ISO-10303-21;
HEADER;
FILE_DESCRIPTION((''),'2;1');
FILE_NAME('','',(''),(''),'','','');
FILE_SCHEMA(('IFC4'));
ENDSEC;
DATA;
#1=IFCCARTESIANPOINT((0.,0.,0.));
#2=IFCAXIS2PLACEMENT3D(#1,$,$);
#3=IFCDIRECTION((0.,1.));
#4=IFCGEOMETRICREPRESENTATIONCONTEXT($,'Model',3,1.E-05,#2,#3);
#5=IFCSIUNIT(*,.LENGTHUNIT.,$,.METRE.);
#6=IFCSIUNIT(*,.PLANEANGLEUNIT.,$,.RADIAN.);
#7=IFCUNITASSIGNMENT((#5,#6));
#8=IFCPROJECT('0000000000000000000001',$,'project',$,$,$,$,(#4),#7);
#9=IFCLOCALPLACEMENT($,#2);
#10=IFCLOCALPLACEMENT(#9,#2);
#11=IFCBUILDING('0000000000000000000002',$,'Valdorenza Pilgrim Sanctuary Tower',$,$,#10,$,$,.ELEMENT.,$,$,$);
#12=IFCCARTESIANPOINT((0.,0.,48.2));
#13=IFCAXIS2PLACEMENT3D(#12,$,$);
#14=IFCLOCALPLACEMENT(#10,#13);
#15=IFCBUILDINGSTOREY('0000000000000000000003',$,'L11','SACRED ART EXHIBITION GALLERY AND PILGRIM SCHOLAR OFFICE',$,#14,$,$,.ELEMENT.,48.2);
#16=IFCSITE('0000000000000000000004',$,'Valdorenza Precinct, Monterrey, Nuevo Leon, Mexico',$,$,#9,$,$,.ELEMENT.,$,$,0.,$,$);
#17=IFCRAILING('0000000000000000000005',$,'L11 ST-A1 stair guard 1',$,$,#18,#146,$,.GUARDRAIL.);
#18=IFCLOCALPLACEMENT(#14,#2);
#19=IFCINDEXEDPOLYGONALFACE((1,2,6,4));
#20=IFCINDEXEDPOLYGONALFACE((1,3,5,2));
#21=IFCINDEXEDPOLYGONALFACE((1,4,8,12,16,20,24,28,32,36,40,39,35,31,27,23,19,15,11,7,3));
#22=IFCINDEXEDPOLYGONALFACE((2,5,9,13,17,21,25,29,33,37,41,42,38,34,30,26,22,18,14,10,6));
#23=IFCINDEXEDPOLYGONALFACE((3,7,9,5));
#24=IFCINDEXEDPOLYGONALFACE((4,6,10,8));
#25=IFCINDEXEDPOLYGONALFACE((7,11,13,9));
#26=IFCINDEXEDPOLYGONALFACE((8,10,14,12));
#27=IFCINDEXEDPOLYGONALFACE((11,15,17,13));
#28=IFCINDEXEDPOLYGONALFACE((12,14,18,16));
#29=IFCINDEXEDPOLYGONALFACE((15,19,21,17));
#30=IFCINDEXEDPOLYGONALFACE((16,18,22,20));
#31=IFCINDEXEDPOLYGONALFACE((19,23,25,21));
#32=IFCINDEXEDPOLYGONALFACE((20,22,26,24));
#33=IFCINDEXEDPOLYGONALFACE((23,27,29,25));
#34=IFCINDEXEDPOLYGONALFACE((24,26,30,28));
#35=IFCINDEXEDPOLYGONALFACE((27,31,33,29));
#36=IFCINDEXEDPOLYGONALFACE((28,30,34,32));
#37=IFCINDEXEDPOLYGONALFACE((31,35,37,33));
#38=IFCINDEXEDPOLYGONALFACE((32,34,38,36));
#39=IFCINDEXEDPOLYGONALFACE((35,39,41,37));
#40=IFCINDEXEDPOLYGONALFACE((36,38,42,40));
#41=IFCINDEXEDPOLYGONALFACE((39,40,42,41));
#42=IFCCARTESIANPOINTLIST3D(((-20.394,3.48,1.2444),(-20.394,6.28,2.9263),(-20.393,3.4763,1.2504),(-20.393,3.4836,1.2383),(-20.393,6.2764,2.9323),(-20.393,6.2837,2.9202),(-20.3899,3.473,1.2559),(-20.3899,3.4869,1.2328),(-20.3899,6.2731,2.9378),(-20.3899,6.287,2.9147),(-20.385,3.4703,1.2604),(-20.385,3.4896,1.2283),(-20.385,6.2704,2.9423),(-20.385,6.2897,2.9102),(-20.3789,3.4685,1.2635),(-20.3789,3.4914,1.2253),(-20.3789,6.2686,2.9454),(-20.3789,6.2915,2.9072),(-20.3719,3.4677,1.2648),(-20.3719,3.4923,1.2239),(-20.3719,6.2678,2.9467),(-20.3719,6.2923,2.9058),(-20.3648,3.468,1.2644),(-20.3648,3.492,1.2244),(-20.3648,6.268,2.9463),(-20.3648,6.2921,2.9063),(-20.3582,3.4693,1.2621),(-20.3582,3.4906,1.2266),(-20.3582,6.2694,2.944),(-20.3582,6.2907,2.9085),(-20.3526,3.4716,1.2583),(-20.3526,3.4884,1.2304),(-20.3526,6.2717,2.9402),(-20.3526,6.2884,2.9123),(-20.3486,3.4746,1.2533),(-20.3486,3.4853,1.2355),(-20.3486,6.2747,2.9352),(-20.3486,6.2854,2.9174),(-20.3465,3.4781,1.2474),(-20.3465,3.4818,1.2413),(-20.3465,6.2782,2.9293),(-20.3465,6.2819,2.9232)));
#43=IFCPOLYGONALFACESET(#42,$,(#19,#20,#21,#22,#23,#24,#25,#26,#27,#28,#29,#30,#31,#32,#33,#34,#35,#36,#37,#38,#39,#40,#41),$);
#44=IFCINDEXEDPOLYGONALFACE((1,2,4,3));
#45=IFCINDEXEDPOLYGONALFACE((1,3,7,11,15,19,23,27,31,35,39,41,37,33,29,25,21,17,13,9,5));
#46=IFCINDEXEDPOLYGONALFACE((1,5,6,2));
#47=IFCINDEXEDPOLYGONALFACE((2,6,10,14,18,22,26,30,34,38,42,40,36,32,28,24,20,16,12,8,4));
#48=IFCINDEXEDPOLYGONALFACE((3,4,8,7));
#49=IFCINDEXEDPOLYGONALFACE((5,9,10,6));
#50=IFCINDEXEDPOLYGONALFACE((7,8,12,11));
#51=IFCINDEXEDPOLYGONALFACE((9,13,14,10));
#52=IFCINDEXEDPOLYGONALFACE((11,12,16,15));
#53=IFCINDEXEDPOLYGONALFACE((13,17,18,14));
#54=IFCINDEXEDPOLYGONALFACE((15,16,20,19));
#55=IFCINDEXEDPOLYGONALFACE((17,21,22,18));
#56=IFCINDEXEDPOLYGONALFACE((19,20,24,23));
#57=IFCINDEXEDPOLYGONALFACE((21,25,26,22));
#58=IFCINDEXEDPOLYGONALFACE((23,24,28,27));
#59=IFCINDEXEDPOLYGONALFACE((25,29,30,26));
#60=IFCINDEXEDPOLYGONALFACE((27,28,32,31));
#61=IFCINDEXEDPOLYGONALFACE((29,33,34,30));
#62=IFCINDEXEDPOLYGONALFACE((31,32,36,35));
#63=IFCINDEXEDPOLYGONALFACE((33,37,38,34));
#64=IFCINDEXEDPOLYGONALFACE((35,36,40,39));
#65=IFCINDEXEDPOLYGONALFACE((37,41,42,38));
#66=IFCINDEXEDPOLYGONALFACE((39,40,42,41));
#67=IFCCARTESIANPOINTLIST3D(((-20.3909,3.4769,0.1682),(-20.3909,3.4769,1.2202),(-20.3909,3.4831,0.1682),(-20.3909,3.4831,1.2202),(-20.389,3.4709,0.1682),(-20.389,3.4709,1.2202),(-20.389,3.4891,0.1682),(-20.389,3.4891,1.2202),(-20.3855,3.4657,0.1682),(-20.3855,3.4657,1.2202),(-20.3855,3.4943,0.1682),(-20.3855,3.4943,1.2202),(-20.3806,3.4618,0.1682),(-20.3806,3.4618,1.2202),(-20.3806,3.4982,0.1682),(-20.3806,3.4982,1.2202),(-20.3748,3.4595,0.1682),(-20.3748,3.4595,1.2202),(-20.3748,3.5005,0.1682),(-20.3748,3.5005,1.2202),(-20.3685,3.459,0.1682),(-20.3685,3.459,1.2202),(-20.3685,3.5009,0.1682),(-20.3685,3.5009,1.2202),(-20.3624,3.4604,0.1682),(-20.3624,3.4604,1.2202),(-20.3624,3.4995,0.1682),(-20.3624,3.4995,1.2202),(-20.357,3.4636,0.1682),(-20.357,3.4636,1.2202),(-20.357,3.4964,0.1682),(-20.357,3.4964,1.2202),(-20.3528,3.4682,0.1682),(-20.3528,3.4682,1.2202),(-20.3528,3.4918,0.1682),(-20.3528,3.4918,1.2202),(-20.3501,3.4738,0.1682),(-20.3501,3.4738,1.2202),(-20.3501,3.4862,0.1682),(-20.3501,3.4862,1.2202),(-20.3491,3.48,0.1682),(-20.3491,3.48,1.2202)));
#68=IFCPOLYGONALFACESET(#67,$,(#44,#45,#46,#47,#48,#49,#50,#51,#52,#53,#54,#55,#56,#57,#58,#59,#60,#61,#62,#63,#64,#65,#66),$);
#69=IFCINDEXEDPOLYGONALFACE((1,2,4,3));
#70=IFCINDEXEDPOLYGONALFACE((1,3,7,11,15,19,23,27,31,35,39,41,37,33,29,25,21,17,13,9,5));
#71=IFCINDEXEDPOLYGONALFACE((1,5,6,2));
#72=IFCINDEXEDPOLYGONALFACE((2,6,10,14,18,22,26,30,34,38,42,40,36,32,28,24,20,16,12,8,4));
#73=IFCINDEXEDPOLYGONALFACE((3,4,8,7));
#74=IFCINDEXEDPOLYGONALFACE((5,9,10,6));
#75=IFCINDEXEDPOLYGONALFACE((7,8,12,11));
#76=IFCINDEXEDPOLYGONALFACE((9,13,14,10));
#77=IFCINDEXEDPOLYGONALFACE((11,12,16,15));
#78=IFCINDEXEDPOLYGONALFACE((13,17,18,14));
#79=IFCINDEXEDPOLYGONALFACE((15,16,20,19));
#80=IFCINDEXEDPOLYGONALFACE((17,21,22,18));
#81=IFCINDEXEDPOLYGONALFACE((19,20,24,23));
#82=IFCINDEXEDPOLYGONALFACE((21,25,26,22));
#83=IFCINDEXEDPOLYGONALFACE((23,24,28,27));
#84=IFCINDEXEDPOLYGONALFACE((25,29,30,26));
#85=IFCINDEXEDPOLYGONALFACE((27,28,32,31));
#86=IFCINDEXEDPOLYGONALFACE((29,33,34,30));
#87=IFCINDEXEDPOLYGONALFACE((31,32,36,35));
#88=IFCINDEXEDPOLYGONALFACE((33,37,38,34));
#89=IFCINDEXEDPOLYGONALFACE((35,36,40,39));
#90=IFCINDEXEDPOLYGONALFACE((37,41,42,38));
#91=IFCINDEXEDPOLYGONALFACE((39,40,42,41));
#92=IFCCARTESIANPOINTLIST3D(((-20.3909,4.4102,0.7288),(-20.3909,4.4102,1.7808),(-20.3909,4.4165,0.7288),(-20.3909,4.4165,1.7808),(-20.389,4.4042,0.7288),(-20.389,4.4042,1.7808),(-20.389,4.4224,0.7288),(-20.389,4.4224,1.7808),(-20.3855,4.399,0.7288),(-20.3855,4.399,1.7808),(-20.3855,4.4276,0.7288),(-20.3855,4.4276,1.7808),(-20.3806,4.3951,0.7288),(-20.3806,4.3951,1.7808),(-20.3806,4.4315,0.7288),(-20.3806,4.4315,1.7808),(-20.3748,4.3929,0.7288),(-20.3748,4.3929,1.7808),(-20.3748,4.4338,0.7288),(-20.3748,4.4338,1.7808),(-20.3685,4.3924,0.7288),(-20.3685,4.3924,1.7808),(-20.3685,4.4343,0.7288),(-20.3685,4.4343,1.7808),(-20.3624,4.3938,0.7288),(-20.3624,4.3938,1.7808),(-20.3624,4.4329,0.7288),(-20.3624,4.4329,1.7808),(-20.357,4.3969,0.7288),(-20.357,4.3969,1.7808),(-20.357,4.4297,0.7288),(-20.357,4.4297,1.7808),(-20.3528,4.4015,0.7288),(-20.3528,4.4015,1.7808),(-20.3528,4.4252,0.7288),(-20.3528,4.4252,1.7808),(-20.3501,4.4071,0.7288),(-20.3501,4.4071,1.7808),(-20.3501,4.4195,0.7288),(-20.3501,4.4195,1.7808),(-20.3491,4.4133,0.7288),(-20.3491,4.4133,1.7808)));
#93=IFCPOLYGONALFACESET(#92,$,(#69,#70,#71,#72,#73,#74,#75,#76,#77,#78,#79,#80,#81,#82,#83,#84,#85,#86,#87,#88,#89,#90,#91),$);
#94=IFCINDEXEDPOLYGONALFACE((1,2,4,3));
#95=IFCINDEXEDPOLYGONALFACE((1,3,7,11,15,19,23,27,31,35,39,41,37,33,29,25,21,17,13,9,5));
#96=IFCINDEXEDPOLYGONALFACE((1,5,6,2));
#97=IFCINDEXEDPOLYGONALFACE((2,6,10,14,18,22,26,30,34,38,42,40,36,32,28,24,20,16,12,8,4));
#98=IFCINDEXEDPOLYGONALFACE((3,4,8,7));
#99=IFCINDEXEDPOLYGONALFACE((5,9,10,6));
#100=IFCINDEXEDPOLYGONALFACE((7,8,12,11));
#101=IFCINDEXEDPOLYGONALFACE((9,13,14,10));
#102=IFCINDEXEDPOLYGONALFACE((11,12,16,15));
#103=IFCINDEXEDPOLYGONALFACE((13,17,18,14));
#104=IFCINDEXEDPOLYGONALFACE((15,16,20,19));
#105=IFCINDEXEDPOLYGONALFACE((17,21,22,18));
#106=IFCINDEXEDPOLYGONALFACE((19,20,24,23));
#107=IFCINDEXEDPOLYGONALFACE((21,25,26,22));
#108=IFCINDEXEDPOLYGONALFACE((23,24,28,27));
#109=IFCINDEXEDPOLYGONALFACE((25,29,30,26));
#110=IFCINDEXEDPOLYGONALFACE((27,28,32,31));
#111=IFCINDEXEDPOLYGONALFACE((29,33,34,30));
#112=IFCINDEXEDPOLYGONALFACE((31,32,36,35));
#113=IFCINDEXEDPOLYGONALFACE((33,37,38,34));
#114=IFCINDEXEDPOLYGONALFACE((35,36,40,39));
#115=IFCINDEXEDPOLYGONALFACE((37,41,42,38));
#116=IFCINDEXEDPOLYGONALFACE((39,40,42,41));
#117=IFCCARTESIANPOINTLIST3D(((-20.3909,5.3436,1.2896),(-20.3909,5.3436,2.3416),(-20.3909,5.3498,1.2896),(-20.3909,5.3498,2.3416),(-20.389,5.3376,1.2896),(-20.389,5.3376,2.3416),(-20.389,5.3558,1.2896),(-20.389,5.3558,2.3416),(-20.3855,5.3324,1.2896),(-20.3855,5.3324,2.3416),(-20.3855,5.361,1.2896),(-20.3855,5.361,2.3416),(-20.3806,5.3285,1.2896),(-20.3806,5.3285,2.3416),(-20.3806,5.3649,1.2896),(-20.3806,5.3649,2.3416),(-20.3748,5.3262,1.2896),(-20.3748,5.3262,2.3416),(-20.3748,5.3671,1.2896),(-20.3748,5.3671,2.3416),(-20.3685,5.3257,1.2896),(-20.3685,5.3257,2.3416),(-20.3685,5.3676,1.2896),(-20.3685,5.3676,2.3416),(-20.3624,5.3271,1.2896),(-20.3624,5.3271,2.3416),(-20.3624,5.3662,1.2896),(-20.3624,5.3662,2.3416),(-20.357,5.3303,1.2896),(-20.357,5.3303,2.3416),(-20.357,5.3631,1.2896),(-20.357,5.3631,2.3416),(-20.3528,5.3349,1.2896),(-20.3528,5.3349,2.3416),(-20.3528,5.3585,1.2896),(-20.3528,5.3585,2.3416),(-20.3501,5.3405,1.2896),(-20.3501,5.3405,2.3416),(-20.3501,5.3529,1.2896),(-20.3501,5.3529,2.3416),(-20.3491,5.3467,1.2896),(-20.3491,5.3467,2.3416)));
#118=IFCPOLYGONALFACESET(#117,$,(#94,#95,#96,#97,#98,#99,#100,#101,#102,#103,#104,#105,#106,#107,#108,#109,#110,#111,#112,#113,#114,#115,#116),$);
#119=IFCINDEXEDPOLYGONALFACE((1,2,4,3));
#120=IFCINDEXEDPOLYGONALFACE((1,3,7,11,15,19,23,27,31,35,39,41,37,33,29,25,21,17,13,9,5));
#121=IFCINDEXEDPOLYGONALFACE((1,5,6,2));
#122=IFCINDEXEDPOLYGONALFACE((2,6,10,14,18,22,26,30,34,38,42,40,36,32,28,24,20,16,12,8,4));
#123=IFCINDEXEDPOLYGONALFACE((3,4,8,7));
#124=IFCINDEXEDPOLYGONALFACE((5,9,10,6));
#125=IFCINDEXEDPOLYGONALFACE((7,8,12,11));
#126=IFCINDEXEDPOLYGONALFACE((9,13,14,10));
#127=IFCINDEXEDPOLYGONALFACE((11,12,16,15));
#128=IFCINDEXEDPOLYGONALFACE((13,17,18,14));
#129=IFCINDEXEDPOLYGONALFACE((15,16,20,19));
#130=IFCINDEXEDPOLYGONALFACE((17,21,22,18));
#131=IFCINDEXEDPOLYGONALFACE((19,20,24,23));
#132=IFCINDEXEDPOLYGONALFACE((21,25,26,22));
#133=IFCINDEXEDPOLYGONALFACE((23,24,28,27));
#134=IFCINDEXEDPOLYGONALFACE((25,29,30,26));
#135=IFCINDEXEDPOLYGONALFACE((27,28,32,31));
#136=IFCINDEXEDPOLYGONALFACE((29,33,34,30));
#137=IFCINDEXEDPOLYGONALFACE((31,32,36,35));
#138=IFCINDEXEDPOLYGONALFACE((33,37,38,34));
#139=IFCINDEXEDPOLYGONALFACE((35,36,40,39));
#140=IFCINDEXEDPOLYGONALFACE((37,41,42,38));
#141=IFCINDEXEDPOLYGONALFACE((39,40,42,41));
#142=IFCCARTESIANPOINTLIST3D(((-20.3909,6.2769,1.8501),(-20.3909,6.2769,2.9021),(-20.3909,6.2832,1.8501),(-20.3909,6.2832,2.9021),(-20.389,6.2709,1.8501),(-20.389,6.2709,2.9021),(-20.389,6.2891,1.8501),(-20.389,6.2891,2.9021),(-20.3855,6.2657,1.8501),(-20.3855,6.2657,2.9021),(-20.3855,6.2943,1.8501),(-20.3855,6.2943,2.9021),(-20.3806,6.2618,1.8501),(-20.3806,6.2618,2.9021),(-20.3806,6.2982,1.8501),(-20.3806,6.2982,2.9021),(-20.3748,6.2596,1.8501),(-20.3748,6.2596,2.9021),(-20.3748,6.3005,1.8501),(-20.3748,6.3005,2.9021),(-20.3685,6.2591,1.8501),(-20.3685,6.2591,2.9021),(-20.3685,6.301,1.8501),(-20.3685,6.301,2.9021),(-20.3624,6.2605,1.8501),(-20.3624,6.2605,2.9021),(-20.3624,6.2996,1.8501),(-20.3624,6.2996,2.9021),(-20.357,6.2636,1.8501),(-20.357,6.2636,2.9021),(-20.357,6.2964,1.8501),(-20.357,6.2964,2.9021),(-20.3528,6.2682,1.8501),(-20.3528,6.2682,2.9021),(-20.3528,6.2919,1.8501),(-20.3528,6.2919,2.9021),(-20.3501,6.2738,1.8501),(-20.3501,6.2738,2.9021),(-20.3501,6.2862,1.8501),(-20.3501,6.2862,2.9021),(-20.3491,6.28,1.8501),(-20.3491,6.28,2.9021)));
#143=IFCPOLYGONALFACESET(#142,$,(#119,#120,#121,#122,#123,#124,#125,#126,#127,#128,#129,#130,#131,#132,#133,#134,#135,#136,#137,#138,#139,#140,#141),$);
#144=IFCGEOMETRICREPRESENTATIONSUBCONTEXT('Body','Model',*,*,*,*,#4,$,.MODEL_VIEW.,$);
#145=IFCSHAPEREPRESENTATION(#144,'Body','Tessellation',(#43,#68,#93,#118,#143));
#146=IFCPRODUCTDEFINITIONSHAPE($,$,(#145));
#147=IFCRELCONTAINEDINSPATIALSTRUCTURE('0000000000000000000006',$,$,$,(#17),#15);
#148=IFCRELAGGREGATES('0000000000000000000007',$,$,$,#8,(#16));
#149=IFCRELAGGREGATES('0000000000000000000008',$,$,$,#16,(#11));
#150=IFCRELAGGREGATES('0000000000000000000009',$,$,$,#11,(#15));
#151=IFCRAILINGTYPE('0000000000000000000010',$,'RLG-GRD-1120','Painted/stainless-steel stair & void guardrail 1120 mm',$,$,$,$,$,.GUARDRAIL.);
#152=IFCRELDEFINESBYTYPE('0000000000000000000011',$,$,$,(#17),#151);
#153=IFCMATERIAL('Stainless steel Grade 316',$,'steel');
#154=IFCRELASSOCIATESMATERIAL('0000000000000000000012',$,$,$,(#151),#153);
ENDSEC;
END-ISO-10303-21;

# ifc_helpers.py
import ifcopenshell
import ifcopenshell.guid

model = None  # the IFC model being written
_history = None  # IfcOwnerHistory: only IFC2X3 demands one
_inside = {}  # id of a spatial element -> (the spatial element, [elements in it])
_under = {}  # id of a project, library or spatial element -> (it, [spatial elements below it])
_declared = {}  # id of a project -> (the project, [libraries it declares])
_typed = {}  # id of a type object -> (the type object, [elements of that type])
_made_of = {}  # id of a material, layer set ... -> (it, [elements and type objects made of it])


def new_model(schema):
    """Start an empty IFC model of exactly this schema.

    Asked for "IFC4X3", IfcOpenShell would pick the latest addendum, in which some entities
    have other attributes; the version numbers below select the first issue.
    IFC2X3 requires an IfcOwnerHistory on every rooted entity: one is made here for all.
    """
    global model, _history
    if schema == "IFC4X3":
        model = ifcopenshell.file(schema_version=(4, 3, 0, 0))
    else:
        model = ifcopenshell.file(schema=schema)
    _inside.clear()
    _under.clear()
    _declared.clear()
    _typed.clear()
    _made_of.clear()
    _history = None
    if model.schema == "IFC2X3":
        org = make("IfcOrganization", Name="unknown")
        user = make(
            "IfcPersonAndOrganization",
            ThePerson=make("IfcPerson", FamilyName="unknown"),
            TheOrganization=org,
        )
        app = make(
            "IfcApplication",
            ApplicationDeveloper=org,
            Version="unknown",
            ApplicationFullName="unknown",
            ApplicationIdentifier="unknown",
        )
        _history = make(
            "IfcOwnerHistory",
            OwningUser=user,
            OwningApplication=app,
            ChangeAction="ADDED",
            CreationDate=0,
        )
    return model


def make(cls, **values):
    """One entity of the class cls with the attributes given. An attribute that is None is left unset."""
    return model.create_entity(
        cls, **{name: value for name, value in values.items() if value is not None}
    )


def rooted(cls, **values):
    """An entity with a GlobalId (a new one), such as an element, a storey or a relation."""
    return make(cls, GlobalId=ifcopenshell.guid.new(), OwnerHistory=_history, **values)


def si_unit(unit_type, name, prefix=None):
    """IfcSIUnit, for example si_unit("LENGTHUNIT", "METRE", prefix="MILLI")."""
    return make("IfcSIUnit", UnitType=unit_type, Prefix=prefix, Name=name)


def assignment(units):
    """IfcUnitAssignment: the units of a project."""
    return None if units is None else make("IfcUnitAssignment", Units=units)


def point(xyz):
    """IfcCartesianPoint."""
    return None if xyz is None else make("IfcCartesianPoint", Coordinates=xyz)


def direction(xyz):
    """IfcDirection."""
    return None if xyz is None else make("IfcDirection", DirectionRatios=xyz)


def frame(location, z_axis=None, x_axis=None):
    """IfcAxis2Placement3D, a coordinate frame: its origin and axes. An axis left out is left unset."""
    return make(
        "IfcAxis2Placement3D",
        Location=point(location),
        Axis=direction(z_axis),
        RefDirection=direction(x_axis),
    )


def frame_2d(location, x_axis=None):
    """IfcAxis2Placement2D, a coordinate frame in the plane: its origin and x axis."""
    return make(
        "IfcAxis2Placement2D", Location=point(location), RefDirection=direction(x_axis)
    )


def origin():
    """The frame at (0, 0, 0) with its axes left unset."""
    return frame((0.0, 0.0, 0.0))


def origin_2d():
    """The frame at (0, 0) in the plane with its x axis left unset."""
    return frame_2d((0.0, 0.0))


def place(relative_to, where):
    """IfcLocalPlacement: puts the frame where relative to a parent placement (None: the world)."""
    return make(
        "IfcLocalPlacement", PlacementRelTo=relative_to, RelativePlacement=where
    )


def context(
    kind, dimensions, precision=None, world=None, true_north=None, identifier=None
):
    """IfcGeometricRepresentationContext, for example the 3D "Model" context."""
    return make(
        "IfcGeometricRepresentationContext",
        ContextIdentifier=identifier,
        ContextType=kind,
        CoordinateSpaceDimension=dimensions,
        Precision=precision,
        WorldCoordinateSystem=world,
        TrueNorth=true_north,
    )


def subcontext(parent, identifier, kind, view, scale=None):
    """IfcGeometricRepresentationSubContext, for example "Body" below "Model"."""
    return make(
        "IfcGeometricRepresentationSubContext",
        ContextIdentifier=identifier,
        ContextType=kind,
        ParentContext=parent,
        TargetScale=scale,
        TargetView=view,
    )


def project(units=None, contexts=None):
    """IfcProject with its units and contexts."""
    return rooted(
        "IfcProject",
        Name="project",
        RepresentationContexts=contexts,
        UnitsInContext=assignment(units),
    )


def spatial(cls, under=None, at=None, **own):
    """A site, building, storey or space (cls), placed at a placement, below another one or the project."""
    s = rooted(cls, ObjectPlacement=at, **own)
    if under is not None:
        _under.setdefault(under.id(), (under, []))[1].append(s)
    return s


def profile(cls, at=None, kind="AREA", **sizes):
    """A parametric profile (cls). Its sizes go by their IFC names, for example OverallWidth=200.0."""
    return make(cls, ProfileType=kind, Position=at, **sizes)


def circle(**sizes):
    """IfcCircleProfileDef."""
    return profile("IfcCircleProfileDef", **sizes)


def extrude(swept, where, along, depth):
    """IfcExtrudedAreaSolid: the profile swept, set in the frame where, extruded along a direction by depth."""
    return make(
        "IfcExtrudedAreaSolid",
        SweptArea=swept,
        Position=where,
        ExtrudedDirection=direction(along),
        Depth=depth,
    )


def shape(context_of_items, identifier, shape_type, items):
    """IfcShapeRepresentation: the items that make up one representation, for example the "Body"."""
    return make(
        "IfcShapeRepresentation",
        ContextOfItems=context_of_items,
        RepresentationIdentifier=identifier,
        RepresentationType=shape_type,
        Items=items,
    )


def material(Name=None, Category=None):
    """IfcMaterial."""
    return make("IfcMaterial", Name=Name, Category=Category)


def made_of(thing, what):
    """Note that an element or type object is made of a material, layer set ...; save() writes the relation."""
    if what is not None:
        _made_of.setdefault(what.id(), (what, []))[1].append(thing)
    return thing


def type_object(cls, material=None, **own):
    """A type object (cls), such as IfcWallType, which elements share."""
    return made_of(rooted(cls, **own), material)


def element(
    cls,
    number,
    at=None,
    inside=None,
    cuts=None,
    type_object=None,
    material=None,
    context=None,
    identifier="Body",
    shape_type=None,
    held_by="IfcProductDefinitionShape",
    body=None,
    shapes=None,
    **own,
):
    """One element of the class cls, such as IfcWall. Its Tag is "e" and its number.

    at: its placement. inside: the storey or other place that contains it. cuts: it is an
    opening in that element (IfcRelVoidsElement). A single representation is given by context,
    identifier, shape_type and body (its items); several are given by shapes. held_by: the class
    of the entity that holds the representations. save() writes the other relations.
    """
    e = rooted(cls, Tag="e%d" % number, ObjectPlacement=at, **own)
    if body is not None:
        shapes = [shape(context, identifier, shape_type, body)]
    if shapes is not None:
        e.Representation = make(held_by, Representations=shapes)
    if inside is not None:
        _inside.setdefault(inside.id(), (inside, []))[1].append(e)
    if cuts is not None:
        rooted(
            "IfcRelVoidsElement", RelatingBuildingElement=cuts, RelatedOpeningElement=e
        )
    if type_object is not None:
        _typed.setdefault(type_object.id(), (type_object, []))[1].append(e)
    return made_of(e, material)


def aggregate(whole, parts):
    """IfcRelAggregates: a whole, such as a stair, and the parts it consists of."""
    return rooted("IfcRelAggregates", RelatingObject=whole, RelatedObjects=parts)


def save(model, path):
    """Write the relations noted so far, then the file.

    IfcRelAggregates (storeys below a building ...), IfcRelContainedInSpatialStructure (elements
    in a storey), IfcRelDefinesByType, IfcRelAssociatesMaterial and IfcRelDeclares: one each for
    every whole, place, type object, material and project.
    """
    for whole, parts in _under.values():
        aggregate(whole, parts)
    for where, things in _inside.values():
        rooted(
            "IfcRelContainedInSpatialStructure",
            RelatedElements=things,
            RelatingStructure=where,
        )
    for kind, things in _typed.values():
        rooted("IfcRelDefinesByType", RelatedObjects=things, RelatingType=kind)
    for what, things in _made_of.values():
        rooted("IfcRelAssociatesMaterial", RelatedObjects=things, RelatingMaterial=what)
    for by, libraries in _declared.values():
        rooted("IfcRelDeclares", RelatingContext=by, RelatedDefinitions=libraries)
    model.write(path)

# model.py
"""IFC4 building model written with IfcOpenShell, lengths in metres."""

from ifc_helpers import new_model, si_unit, direction, frame, origin, origin_2d, place, context, subcontext, project, spatial, circle, extrude, material, type_object, element, save


model = new_model("IFC4")

# Units and contexts
model_context = context("Model", 3, precision=1e-05, world=origin(), true_north=direction((0.0, 1.0)))
body_context = subcontext(model_context, "Body", "Model", "MODEL_VIEW")
ifc_project = project(units=[si_unit("LENGTHUNIT", "METRE"), si_unit("PLANEANGLEUNIT", "RADIAN")], contexts=[model_context])

# Site, building, storey
site_placement = place(None, origin())
site = spatial("IfcSite", under=ifc_project, at=site_placement, Name="Valdorenza Precinct, Monterrey, Nuevo Leon, Mexico", CompositionType="ELEMENT", RefElevation=0.0)
building_placement = place(site_placement, origin())
building = spatial("IfcBuilding", under=site, at=building_placement, Name="Valdorenza Pilgrim Sanctuary Tower", CompositionType="ELEMENT")
storey_placement = place(building_placement, frame((0.0, 0.0, 48.2)))
storey = spatial("IfcBuildingStorey", under=building, at=storey_placement, Name="L11", Description="SACRED ART EXHIBITION GALLERY AND PILGRIM SCHOLAR OFFICE", CompositionType="ELEMENT", Elevation=48.2)

# Railing
ifc_material_1 = material(Name="Stainless steel Grade 316", Category="steel")
railing_type_1 = type_object("IfcRailingType", Name="RLG-GRD-1120", Description="Painted/stainless-steel stair & void guardrail 1120 mm", PredefinedType="GUARDRAIL", material=ifc_material_1)
railing_1_placement = place(storey_placement, frame((-20.3701, 3.48, 0.1682)))
element("IfcRailing", 1, at=railing_1_placement, inside=storey, type_object=railing_type_1, Name="L11 ST-A1 stair guard 1", PredefinedType="GUARDRAIL", context=body_context, shape_type="SweptSolid", body=[
    extrude(circle(Radius=0.0239, at=origin_2d()), frame((0.0, 0.0, 1.0762), z_axis=(0.0, 0.857242, 0.514913), x_axis=(-1.0, 0.0, 0.0)), (0.0, 0.0, 1.0), 3.2664),
    extrude(circle(Radius=0.021, at=origin_2d()), origin(), (0.0, 0.0, 1.0), 1.052),
    extrude(circle(Radius=0.021, at=origin_2d()), frame((0.0, 0.9333, 0.5605)), (0.0, 0.0, 1.0), 1.052),
    extrude(circle(Radius=0.021, at=origin_2d()), frame((0.0, 1.8667, 1.1213)), (0.0, 0.0, 1.0), 1.052),
    extrude(circle(Radius=0.021, at=origin_2d()), frame((0.0, 2.8, 1.6819)), (0.0, 0.0, 1.0), 1.052),
])

save(model, "model.ifc")
